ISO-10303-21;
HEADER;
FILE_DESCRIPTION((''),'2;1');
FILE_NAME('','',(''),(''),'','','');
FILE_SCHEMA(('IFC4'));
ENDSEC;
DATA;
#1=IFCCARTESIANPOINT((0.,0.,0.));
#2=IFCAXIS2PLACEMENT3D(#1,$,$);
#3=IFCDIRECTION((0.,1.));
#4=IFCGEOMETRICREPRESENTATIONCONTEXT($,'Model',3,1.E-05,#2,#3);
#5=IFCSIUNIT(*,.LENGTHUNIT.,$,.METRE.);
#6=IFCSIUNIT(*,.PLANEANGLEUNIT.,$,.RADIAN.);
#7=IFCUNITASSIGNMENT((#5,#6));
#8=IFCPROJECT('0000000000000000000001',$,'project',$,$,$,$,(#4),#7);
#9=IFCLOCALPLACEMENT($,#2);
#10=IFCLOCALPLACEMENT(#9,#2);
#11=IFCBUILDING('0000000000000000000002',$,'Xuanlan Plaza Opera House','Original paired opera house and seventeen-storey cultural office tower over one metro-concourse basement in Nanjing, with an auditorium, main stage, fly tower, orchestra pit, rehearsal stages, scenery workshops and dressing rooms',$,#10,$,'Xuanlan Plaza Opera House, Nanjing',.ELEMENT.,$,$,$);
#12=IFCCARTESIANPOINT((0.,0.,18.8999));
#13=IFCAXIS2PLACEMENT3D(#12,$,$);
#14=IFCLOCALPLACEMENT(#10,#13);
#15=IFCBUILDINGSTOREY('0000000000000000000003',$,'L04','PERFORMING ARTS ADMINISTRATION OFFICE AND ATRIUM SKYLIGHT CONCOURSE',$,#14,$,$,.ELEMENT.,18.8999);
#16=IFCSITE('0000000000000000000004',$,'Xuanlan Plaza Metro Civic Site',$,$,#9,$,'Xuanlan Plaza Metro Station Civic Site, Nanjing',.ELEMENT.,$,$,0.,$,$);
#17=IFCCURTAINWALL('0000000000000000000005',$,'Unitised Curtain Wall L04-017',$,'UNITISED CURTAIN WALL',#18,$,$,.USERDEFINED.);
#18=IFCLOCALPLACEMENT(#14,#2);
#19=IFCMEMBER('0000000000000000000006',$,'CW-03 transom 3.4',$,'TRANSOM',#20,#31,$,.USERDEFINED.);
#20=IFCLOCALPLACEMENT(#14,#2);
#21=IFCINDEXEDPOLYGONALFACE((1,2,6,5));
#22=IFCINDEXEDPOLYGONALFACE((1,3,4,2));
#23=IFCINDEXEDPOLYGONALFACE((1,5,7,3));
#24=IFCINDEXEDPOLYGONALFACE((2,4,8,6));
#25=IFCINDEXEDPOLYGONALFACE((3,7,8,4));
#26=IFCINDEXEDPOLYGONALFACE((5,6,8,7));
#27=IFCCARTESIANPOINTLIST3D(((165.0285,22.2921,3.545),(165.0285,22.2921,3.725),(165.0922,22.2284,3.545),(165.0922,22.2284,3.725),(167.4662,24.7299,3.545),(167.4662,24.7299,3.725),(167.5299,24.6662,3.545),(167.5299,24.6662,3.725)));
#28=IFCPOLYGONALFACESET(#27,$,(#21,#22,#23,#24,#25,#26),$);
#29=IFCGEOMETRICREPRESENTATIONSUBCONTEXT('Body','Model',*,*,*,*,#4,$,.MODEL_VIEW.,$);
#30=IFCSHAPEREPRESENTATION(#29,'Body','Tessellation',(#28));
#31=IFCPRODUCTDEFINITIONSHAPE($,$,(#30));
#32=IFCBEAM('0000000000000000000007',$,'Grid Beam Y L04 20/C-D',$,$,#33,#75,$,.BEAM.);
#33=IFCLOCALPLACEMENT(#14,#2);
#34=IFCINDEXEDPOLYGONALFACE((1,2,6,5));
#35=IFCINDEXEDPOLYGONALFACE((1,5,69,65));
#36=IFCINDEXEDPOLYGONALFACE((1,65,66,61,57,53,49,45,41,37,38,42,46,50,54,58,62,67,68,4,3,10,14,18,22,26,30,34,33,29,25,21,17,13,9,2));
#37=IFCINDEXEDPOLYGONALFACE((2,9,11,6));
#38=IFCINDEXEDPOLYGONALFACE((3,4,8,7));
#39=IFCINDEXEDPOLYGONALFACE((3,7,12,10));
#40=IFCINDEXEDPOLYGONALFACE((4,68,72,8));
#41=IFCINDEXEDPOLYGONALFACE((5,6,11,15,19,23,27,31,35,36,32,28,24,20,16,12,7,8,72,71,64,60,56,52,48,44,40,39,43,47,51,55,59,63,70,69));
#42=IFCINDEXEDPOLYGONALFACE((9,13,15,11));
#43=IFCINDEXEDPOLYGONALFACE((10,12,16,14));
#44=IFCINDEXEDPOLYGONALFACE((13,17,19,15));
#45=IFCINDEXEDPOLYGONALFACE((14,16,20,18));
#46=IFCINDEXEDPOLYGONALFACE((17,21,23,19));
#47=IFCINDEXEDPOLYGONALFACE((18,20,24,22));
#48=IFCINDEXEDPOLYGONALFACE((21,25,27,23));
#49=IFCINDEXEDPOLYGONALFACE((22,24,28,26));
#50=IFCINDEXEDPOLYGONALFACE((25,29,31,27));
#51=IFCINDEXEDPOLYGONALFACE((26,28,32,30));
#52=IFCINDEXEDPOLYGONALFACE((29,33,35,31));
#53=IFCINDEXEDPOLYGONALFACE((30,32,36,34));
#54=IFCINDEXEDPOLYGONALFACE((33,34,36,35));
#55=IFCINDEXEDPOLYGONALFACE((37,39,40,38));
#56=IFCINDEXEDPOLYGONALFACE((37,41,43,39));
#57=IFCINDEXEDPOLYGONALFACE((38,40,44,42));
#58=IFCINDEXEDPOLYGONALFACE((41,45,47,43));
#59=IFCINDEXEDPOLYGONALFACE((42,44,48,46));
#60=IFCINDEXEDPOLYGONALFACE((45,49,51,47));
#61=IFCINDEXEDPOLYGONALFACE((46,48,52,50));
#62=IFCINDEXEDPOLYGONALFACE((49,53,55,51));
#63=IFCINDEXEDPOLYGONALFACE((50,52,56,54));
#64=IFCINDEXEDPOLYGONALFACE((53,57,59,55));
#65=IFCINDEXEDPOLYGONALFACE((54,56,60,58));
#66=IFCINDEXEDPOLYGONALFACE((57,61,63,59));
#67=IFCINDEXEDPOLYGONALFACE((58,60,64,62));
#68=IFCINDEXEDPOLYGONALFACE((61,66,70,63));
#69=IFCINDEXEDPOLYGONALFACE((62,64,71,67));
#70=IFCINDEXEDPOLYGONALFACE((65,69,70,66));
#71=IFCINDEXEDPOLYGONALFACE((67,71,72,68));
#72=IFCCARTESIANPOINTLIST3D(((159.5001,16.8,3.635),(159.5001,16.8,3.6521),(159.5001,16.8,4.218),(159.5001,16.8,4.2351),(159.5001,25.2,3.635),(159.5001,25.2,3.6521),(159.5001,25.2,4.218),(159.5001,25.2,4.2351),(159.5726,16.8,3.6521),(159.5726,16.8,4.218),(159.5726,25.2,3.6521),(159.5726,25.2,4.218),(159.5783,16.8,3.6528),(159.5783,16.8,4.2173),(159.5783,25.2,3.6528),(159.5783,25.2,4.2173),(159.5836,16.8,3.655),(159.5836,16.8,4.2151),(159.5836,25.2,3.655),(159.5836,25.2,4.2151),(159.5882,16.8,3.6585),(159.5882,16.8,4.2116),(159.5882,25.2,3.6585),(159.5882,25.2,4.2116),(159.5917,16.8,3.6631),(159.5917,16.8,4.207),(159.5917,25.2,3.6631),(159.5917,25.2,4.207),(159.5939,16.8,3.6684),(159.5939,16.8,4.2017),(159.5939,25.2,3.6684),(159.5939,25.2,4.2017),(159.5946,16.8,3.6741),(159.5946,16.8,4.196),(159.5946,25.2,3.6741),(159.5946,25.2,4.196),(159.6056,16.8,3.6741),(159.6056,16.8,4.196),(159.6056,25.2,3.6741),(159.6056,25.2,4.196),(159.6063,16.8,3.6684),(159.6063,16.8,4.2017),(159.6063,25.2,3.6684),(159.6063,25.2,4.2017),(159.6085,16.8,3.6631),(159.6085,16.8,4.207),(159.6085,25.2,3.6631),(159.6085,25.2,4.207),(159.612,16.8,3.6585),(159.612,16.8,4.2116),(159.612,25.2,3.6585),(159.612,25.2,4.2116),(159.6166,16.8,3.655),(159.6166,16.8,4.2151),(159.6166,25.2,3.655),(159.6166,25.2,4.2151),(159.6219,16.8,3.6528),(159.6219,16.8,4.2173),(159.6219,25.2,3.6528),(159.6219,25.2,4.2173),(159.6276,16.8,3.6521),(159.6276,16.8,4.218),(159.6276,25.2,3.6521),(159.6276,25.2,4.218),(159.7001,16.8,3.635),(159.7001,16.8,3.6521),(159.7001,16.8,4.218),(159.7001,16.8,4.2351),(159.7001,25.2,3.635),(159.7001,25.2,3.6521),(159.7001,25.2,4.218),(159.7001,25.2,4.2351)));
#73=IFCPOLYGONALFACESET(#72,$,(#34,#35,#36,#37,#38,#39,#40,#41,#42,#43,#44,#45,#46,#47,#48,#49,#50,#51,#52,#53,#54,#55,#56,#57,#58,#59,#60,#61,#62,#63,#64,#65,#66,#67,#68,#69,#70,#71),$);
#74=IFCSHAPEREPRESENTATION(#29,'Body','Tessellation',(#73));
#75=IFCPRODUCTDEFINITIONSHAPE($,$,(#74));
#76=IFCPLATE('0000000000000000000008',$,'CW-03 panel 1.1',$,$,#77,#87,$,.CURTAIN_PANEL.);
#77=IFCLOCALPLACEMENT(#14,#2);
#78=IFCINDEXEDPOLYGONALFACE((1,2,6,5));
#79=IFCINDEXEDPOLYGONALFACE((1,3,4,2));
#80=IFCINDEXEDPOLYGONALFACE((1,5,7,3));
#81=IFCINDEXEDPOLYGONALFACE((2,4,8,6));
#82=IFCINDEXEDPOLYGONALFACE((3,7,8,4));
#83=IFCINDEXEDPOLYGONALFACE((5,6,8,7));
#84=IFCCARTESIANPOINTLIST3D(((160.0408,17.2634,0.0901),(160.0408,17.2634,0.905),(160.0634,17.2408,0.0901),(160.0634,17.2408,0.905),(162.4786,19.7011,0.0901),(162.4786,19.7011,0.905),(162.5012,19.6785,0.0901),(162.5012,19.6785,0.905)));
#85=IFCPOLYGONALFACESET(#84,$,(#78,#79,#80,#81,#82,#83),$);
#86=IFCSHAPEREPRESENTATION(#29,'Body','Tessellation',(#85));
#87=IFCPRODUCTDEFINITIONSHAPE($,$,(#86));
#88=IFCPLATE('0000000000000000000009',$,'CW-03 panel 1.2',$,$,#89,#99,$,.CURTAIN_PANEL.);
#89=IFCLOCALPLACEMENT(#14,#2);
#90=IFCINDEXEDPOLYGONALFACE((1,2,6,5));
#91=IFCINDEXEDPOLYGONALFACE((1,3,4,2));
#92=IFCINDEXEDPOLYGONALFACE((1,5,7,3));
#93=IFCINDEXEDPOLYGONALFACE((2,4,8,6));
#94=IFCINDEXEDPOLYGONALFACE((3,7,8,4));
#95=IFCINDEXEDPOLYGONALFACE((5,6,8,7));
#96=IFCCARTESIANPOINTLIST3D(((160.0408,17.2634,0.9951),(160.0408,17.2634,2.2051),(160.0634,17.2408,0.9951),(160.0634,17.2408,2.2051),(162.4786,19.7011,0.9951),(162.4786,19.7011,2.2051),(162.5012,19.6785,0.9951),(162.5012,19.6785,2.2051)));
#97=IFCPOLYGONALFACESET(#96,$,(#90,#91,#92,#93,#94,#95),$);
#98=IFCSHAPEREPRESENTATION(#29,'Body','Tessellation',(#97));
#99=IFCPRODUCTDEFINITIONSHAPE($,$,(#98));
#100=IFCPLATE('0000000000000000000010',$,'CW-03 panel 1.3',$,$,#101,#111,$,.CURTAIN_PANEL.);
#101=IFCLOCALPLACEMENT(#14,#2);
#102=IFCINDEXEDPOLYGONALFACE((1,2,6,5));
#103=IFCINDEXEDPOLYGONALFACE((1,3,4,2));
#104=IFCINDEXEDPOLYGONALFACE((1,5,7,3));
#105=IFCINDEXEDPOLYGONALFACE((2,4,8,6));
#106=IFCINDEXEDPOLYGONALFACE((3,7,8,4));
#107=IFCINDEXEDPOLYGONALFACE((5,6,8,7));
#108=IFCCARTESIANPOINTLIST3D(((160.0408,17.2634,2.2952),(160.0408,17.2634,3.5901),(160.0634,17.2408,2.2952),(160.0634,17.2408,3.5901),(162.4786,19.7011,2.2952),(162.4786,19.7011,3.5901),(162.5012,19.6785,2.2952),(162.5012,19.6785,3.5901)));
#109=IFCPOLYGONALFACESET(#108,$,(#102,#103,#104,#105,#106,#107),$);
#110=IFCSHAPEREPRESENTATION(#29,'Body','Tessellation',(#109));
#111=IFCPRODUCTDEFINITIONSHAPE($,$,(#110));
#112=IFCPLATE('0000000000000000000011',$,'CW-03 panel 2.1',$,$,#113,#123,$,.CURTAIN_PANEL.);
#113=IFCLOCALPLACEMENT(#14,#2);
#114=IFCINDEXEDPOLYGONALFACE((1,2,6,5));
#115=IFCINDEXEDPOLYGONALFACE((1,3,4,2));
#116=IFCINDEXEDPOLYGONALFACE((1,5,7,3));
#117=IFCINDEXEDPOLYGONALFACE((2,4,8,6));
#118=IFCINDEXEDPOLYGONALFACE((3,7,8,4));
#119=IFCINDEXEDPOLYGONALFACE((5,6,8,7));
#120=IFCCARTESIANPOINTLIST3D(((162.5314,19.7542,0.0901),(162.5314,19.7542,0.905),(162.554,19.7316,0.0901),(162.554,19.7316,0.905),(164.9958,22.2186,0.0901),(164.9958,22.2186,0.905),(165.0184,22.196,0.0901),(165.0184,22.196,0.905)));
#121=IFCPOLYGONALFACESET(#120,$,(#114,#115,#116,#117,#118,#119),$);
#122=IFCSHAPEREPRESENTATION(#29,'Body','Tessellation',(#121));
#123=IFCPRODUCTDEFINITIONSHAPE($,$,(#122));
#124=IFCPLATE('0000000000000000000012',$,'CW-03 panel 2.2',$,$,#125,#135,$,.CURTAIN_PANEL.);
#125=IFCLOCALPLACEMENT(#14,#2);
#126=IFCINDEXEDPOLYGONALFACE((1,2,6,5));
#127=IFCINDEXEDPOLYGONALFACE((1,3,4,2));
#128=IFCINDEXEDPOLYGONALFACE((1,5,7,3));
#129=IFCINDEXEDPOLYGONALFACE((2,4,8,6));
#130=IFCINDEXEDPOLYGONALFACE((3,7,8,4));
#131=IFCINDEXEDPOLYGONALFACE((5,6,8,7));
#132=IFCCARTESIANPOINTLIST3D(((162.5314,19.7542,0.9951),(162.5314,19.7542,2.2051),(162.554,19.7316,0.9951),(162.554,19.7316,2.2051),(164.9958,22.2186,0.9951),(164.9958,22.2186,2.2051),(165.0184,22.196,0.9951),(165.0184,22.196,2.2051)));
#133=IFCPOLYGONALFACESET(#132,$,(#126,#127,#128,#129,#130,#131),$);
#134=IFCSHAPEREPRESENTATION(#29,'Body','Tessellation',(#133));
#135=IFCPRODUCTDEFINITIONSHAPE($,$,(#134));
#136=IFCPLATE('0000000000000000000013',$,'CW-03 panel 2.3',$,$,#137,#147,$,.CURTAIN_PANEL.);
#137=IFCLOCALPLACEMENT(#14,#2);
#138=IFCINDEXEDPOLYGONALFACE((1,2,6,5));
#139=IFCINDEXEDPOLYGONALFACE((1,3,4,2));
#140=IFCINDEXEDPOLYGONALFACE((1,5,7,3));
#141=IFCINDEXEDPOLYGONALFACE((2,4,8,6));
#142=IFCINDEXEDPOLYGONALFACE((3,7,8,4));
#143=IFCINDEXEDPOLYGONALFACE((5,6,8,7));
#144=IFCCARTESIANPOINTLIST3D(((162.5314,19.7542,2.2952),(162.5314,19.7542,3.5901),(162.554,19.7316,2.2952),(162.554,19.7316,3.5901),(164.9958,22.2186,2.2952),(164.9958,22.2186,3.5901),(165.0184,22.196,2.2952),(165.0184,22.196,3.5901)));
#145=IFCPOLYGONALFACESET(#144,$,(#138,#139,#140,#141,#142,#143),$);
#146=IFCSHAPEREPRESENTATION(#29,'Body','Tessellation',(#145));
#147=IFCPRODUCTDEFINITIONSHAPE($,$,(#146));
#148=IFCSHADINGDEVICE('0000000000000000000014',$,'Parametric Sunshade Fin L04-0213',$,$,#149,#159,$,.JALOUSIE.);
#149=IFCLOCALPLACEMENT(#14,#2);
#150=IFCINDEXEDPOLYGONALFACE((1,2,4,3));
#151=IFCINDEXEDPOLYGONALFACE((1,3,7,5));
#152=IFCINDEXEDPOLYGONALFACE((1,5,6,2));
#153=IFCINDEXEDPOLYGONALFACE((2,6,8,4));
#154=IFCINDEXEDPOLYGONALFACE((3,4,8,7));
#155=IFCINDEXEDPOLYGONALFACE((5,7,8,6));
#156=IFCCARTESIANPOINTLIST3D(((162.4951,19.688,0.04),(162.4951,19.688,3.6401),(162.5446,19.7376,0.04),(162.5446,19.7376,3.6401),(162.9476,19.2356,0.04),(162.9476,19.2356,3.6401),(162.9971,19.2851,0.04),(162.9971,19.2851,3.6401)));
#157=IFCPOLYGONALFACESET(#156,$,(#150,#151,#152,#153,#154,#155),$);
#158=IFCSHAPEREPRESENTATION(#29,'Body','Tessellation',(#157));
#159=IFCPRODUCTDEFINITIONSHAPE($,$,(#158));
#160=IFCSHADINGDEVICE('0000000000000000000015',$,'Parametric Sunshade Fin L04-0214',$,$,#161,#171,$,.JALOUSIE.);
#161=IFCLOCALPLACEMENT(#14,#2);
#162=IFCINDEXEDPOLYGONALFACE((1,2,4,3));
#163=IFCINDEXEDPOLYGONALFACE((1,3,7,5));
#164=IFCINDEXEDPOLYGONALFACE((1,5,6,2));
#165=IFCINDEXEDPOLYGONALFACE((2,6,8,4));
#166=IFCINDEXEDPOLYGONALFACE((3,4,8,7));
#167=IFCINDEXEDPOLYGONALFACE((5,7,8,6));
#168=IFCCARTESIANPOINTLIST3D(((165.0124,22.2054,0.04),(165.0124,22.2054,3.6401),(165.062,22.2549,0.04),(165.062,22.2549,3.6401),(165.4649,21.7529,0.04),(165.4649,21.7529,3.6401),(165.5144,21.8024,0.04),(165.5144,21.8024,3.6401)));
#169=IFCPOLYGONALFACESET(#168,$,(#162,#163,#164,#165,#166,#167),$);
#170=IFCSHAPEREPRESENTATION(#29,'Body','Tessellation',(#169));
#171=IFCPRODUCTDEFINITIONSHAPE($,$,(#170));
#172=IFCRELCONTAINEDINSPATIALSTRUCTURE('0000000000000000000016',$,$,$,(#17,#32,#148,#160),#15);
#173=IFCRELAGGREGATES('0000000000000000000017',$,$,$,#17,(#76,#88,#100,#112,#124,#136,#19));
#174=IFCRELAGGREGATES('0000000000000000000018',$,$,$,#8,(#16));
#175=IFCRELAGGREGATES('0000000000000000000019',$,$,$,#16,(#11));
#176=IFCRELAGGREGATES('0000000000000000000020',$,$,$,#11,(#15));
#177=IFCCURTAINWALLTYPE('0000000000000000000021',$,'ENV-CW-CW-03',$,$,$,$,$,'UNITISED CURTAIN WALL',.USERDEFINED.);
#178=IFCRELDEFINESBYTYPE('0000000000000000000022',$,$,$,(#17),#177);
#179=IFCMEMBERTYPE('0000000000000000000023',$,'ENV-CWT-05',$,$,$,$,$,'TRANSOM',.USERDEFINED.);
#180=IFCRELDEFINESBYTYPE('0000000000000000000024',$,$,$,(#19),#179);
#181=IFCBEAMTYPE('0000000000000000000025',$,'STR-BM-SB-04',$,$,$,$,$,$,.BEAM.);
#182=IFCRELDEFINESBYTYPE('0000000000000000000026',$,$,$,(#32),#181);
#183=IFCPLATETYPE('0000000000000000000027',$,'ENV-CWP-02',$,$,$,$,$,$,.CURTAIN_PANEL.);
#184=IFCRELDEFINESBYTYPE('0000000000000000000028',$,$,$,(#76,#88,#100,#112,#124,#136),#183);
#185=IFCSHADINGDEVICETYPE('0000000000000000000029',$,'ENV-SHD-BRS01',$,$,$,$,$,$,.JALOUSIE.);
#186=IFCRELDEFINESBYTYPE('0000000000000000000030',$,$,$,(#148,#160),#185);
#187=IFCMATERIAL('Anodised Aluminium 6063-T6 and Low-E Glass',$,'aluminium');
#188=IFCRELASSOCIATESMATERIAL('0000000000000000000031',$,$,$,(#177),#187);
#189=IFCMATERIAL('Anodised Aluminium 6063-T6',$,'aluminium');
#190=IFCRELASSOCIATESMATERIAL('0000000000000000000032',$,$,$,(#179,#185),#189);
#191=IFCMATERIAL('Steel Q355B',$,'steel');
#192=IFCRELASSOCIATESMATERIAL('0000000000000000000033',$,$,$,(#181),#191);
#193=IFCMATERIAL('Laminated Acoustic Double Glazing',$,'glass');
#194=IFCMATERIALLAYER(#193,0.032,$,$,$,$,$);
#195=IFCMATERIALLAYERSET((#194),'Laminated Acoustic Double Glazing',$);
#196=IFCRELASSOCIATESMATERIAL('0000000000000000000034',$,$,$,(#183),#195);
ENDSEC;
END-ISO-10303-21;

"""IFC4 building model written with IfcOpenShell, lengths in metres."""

from ifc_helpers import new_model, si_unit, direction, frame, origin, origin_2d, place, context, subcontext, project, spatial, rectangle, i_section, extrude, material, layer, layer_set, material_profile, profile_set, type_object, element, aggregate, save


model = new_model("IFC4")

# Units and contexts
model_context = context("Model", 3, precision=1e-05, world=origin(), true_north=direction((0.0, 1.0)))
body_context = subcontext(model_context, "Body", "Model", "MODEL_VIEW")
ifc_project = project(units=[si_unit("LENGTHUNIT", "METRE"), si_unit("PLANEANGLEUNIT", "RADIAN")], contexts=[model_context])

# Site, building, storey
site_placement = place(None, origin())
site = spatial("IfcSite", under=ifc_project, at=site_placement, Name="Xuanlan Plaza Metro Civic Site", LongName="Xuanlan Plaza Metro Station Civic Site, Nanjing", CompositionType="ELEMENT", RefElevation=0.0)
building_placement = place(site_placement, origin())
building = spatial("IfcBuilding", under=site, at=building_placement, Name="Xuanlan Plaza Opera House", Description="Original paired opera house and seventeen-storey cultural office tower over one metro-concourse basement in Nanjing, with an auditorium, main stage, fly tower, orchestra pit, rehearsal stages, scenery workshops and dressing rooms", LongName="Xuanlan Plaza Opera House, Nanjing", CompositionType="ELEMENT")
storey_placement = place(building_placement, frame((0.0, 0.0, 18.8999)))
storey = spatial("IfcBuildingStorey", under=building, at=storey_placement, Name="L04", Description="PERFORMING ARTS ADMINISTRATION OFFICE AND ATRIUM SKYLIGHT CONCOURSE", CompositionType="ELEMENT", Elevation=18.8999)

# Curtain wall, member
ifc_material_1 = material(Name="Anodised Aluminium 6063-T6 and Low-E Glass", Category="aluminium")
curtain_wall_type = type_object("IfcCurtainWallType", Name="ENV-CW-CW-03", ElementType="UNITISED CURTAIN WALL", PredefinedType="USERDEFINED", material=ifc_material_1)
curtain_wall_placement = place(storey_placement, origin())
curtain_wall = element("IfcCurtainWall", 1, at=curtain_wall_placement, inside=storey, type_object=curtain_wall_type, Name="Unitised Curtain Wall L04-017", ObjectType="UNITISED CURTAIN WALL", PredefinedType="USERDEFINED")
ifc_material_2 = material(Name="Anodised Aluminium 6063-T6", Category="aluminium")
ifc_material_profile_1 = material_profile(ifc_material_2, rectangle(XDim=0.0901, YDim=0.1799, at=origin_2d()), Name="ALU-T 90x180")
ifc_profile_set_1 = profile_set([ifc_material_profile_1], Name="Anodised Aluminium 6063-T6")
member_type_1 = type_object("IfcMemberType", Name="ENV-CWT-05", ElementType="TRANSOM", PredefinedType="USERDEFINED", material=ifc_profile_set_1)
member_1_placement = place(storey_placement, frame((165.0603, 22.2603, 3.635), z_axis=(0.707107, 0.707107, 0.0), x_axis=(-0.707107, 0.707107, 0.0)))
member_1 = element("IfcMember", 2, at=member_1_placement, type_object=member_type_1, Name="CW-03 transom 3.4", ObjectType="TRANSOM", PredefinedType="USERDEFINED", context=body_context, shape_type="SweptSolid", body=[
    extrude(rectangle(XDim=0.0901, YDim=0.1799, at=origin_2d()), origin(), (0.0, 0.0, 1.0), 3.4475),
])

# Beam
ifc_material_3 = material(Name="Steel Q355B", Category="steel")
ifc_material_profile_2 = material_profile(ifc_material_3, i_section(OverallWidth=0.2, OverallDepth=0.6001, WebThickness=0.011, FlangeThickness=0.0171, FilletRadius=0.022, at=origin_2d()), Name="HN 600x200x11x17")
ifc_profile_set_2 = profile_set([ifc_material_profile_2], Name="Steel Q355B")
beam_type = type_object("IfcBeamType", Name="STR-BM-SB-04", PredefinedType="BEAM", material=ifc_profile_set_2)
beam_placement = place(storey_placement, frame((159.6001, 16.8, 3.9351), z_axis=(0.0, 1.0, 0.0), x_axis=(-1.0, 0.0, 0.0)))
element("IfcBeam", 3, at=beam_placement, inside=storey, type_object=beam_type, Name="Grid Beam Y L04 20/C-D", PredefinedType="BEAM", context=body_context, shape_type="SweptSolid", body=[
    extrude(i_section(OverallWidth=0.2, OverallDepth=0.6001, WebThickness=0.011, FlangeThickness=0.0171, FilletRadius=0.022, at=origin_2d()), origin(), (0.0, 0.0, 1.0), 8.3999),
])

# Plates
ifc_material_4 = material(Name="Laminated Acoustic Double Glazing", Category="glass")
ifc_layer = layer(ifc_material_4, 0.032)
ifc_layer_set = layer_set([ifc_layer], Name="Laminated Acoustic Double Glazing")
plate_type = type_object("IfcPlateType", Name="ENV-CWP-02", PredefinedType="CURTAIN_PANEL", material=ifc_layer_set)
plate_1_placement = place(storey_placement, frame((161.271, 18.4709, 0.0901), z_axis=(0.0, 0.0, 1.0), x_axis=(0.707107, 0.707107, 0.0)))
plate_1 = element("IfcPlate", 4, at=plate_1_placement, type_object=plate_type, Name="CW-03 panel 1.1", PredefinedType="CURTAIN_PANEL", context=body_context, shape_type="SweptSolid", body=[
    extrude(rectangle(XDim=3.4475, YDim=0.032, at=origin_2d()), origin(), (0.0, 0.0, 1.0), 0.8149),
])
plate_2_placement = place(storey_placement, frame((161.271, 18.4709, 0.9951), z_axis=(0.0, 0.0, 1.0), x_axis=(0.707107, 0.707107, 0.0)))
plate_2 = element("IfcPlate", 5, at=plate_2_placement, type_object=plate_type, Name="CW-03 panel 1.2", PredefinedType="CURTAIN_PANEL", context=body_context, shape_type="SweptSolid", body=[
    extrude(rectangle(XDim=3.4475, YDim=0.032, at=origin_2d()), origin(), (0.0, 0.0, 1.0), 1.21),
])
plate_3_placement = place(storey_placement, frame((161.271, 18.4709, 2.2952), z_axis=(0.0, 0.0, 1.0), x_axis=(0.707107, 0.707107, 0.0)))
plate_3 = element("IfcPlate", 6, at=plate_3_placement, type_object=plate_type, Name="CW-03 panel 1.3", PredefinedType="CURTAIN_PANEL", context=body_context, shape_type="SweptSolid", body=[
    extrude(rectangle(XDim=3.4475, YDim=0.032, at=origin_2d()), origin(), (0.0, 0.0, 1.0), 1.2949),
])
plate_4_placement = place(storey_placement, frame((163.7749, 20.9751, 0.0901), z_axis=(0.0, 0.0, 1.0), x_axis=(0.707107, 0.707107, 0.0)))
plate_4 = element("IfcPlate", 7, at=plate_4_placement, type_object=plate_type, Name="CW-03 panel 2.1", PredefinedType="CURTAIN_PANEL", context=body_context, shape_type="SweptSolid", body=[
    extrude(rectangle(XDim=3.4851, YDim=0.032, at=origin_2d()), origin(), (0.0, 0.0, 1.0), 0.8149),
])
plate_5_placement = place(storey_placement, frame((163.7749, 20.9751, 0.9951), z_axis=(0.0, 0.0, 1.0), x_axis=(0.707107, 0.707107, 0.0)))
plate_5 = element("IfcPlate", 8, at=plate_5_placement, type_object=plate_type, Name="CW-03 panel 2.2", PredefinedType="CURTAIN_PANEL", context=body_context, shape_type="SweptSolid", body=[
    extrude(rectangle(XDim=3.4851, YDim=0.032, at=origin_2d()), origin(), (0.0, 0.0, 1.0), 1.21),
])
plate_6_placement = place(storey_placement, frame((163.7749, 20.9751, 2.2952), z_axis=(0.0, 0.0, 1.0), x_axis=(0.707107, 0.707107, 0.0)))
plate_6 = element("IfcPlate", 9, at=plate_6_placement, type_object=plate_type, Name="CW-03 panel 2.3", PredefinedType="CURTAIN_PANEL", context=body_context, shape_type="SweptSolid", body=[
    extrude(rectangle(XDim=3.4851, YDim=0.032, at=origin_2d()), origin(), (0.0, 0.0, 1.0), 1.2949),
])
aggregate(curtain_wall, [plate_1, plate_2, plate_3, plate_4, plate_5, plate_6, member_1])

# Shading devices
shading_device_type = type_object("IfcShadingDeviceType", Name="ENV-SHD-BRS01", PredefinedType="JALOUSIE", material=ifc_material_2)
for number, where, z_axis, x_axis, name in (
    (10, (162.7461, 19.4866, 0.04), (0.0, 0.0, 1.0), (0.707107, -0.707107, 0.0), "Parametric Sunshade Fin L04-0213"),
    (11, (165.2634, 22.0039, 0.04), (0.0, 0.0, 1.0), (0.707107, -0.707107, 0.0), "Parametric Sunshade Fin L04-0214"),
):
    element("IfcShadingDevice", number, at=place(storey_placement, frame(where, z_axis=z_axis, x_axis=x_axis)), inside=storey, type_object=shading_device_type, Name=name, PredefinedType="JALOUSIE", context=body_context, shape_type="SweptSolid", body=[
        extrude(rectangle(XDim=0.6399, YDim=0.0701, at=origin_2d()), origin(), (0.0, 0.0, 1.0), 3.6001),
    ])

save(model, "model.ifc")
